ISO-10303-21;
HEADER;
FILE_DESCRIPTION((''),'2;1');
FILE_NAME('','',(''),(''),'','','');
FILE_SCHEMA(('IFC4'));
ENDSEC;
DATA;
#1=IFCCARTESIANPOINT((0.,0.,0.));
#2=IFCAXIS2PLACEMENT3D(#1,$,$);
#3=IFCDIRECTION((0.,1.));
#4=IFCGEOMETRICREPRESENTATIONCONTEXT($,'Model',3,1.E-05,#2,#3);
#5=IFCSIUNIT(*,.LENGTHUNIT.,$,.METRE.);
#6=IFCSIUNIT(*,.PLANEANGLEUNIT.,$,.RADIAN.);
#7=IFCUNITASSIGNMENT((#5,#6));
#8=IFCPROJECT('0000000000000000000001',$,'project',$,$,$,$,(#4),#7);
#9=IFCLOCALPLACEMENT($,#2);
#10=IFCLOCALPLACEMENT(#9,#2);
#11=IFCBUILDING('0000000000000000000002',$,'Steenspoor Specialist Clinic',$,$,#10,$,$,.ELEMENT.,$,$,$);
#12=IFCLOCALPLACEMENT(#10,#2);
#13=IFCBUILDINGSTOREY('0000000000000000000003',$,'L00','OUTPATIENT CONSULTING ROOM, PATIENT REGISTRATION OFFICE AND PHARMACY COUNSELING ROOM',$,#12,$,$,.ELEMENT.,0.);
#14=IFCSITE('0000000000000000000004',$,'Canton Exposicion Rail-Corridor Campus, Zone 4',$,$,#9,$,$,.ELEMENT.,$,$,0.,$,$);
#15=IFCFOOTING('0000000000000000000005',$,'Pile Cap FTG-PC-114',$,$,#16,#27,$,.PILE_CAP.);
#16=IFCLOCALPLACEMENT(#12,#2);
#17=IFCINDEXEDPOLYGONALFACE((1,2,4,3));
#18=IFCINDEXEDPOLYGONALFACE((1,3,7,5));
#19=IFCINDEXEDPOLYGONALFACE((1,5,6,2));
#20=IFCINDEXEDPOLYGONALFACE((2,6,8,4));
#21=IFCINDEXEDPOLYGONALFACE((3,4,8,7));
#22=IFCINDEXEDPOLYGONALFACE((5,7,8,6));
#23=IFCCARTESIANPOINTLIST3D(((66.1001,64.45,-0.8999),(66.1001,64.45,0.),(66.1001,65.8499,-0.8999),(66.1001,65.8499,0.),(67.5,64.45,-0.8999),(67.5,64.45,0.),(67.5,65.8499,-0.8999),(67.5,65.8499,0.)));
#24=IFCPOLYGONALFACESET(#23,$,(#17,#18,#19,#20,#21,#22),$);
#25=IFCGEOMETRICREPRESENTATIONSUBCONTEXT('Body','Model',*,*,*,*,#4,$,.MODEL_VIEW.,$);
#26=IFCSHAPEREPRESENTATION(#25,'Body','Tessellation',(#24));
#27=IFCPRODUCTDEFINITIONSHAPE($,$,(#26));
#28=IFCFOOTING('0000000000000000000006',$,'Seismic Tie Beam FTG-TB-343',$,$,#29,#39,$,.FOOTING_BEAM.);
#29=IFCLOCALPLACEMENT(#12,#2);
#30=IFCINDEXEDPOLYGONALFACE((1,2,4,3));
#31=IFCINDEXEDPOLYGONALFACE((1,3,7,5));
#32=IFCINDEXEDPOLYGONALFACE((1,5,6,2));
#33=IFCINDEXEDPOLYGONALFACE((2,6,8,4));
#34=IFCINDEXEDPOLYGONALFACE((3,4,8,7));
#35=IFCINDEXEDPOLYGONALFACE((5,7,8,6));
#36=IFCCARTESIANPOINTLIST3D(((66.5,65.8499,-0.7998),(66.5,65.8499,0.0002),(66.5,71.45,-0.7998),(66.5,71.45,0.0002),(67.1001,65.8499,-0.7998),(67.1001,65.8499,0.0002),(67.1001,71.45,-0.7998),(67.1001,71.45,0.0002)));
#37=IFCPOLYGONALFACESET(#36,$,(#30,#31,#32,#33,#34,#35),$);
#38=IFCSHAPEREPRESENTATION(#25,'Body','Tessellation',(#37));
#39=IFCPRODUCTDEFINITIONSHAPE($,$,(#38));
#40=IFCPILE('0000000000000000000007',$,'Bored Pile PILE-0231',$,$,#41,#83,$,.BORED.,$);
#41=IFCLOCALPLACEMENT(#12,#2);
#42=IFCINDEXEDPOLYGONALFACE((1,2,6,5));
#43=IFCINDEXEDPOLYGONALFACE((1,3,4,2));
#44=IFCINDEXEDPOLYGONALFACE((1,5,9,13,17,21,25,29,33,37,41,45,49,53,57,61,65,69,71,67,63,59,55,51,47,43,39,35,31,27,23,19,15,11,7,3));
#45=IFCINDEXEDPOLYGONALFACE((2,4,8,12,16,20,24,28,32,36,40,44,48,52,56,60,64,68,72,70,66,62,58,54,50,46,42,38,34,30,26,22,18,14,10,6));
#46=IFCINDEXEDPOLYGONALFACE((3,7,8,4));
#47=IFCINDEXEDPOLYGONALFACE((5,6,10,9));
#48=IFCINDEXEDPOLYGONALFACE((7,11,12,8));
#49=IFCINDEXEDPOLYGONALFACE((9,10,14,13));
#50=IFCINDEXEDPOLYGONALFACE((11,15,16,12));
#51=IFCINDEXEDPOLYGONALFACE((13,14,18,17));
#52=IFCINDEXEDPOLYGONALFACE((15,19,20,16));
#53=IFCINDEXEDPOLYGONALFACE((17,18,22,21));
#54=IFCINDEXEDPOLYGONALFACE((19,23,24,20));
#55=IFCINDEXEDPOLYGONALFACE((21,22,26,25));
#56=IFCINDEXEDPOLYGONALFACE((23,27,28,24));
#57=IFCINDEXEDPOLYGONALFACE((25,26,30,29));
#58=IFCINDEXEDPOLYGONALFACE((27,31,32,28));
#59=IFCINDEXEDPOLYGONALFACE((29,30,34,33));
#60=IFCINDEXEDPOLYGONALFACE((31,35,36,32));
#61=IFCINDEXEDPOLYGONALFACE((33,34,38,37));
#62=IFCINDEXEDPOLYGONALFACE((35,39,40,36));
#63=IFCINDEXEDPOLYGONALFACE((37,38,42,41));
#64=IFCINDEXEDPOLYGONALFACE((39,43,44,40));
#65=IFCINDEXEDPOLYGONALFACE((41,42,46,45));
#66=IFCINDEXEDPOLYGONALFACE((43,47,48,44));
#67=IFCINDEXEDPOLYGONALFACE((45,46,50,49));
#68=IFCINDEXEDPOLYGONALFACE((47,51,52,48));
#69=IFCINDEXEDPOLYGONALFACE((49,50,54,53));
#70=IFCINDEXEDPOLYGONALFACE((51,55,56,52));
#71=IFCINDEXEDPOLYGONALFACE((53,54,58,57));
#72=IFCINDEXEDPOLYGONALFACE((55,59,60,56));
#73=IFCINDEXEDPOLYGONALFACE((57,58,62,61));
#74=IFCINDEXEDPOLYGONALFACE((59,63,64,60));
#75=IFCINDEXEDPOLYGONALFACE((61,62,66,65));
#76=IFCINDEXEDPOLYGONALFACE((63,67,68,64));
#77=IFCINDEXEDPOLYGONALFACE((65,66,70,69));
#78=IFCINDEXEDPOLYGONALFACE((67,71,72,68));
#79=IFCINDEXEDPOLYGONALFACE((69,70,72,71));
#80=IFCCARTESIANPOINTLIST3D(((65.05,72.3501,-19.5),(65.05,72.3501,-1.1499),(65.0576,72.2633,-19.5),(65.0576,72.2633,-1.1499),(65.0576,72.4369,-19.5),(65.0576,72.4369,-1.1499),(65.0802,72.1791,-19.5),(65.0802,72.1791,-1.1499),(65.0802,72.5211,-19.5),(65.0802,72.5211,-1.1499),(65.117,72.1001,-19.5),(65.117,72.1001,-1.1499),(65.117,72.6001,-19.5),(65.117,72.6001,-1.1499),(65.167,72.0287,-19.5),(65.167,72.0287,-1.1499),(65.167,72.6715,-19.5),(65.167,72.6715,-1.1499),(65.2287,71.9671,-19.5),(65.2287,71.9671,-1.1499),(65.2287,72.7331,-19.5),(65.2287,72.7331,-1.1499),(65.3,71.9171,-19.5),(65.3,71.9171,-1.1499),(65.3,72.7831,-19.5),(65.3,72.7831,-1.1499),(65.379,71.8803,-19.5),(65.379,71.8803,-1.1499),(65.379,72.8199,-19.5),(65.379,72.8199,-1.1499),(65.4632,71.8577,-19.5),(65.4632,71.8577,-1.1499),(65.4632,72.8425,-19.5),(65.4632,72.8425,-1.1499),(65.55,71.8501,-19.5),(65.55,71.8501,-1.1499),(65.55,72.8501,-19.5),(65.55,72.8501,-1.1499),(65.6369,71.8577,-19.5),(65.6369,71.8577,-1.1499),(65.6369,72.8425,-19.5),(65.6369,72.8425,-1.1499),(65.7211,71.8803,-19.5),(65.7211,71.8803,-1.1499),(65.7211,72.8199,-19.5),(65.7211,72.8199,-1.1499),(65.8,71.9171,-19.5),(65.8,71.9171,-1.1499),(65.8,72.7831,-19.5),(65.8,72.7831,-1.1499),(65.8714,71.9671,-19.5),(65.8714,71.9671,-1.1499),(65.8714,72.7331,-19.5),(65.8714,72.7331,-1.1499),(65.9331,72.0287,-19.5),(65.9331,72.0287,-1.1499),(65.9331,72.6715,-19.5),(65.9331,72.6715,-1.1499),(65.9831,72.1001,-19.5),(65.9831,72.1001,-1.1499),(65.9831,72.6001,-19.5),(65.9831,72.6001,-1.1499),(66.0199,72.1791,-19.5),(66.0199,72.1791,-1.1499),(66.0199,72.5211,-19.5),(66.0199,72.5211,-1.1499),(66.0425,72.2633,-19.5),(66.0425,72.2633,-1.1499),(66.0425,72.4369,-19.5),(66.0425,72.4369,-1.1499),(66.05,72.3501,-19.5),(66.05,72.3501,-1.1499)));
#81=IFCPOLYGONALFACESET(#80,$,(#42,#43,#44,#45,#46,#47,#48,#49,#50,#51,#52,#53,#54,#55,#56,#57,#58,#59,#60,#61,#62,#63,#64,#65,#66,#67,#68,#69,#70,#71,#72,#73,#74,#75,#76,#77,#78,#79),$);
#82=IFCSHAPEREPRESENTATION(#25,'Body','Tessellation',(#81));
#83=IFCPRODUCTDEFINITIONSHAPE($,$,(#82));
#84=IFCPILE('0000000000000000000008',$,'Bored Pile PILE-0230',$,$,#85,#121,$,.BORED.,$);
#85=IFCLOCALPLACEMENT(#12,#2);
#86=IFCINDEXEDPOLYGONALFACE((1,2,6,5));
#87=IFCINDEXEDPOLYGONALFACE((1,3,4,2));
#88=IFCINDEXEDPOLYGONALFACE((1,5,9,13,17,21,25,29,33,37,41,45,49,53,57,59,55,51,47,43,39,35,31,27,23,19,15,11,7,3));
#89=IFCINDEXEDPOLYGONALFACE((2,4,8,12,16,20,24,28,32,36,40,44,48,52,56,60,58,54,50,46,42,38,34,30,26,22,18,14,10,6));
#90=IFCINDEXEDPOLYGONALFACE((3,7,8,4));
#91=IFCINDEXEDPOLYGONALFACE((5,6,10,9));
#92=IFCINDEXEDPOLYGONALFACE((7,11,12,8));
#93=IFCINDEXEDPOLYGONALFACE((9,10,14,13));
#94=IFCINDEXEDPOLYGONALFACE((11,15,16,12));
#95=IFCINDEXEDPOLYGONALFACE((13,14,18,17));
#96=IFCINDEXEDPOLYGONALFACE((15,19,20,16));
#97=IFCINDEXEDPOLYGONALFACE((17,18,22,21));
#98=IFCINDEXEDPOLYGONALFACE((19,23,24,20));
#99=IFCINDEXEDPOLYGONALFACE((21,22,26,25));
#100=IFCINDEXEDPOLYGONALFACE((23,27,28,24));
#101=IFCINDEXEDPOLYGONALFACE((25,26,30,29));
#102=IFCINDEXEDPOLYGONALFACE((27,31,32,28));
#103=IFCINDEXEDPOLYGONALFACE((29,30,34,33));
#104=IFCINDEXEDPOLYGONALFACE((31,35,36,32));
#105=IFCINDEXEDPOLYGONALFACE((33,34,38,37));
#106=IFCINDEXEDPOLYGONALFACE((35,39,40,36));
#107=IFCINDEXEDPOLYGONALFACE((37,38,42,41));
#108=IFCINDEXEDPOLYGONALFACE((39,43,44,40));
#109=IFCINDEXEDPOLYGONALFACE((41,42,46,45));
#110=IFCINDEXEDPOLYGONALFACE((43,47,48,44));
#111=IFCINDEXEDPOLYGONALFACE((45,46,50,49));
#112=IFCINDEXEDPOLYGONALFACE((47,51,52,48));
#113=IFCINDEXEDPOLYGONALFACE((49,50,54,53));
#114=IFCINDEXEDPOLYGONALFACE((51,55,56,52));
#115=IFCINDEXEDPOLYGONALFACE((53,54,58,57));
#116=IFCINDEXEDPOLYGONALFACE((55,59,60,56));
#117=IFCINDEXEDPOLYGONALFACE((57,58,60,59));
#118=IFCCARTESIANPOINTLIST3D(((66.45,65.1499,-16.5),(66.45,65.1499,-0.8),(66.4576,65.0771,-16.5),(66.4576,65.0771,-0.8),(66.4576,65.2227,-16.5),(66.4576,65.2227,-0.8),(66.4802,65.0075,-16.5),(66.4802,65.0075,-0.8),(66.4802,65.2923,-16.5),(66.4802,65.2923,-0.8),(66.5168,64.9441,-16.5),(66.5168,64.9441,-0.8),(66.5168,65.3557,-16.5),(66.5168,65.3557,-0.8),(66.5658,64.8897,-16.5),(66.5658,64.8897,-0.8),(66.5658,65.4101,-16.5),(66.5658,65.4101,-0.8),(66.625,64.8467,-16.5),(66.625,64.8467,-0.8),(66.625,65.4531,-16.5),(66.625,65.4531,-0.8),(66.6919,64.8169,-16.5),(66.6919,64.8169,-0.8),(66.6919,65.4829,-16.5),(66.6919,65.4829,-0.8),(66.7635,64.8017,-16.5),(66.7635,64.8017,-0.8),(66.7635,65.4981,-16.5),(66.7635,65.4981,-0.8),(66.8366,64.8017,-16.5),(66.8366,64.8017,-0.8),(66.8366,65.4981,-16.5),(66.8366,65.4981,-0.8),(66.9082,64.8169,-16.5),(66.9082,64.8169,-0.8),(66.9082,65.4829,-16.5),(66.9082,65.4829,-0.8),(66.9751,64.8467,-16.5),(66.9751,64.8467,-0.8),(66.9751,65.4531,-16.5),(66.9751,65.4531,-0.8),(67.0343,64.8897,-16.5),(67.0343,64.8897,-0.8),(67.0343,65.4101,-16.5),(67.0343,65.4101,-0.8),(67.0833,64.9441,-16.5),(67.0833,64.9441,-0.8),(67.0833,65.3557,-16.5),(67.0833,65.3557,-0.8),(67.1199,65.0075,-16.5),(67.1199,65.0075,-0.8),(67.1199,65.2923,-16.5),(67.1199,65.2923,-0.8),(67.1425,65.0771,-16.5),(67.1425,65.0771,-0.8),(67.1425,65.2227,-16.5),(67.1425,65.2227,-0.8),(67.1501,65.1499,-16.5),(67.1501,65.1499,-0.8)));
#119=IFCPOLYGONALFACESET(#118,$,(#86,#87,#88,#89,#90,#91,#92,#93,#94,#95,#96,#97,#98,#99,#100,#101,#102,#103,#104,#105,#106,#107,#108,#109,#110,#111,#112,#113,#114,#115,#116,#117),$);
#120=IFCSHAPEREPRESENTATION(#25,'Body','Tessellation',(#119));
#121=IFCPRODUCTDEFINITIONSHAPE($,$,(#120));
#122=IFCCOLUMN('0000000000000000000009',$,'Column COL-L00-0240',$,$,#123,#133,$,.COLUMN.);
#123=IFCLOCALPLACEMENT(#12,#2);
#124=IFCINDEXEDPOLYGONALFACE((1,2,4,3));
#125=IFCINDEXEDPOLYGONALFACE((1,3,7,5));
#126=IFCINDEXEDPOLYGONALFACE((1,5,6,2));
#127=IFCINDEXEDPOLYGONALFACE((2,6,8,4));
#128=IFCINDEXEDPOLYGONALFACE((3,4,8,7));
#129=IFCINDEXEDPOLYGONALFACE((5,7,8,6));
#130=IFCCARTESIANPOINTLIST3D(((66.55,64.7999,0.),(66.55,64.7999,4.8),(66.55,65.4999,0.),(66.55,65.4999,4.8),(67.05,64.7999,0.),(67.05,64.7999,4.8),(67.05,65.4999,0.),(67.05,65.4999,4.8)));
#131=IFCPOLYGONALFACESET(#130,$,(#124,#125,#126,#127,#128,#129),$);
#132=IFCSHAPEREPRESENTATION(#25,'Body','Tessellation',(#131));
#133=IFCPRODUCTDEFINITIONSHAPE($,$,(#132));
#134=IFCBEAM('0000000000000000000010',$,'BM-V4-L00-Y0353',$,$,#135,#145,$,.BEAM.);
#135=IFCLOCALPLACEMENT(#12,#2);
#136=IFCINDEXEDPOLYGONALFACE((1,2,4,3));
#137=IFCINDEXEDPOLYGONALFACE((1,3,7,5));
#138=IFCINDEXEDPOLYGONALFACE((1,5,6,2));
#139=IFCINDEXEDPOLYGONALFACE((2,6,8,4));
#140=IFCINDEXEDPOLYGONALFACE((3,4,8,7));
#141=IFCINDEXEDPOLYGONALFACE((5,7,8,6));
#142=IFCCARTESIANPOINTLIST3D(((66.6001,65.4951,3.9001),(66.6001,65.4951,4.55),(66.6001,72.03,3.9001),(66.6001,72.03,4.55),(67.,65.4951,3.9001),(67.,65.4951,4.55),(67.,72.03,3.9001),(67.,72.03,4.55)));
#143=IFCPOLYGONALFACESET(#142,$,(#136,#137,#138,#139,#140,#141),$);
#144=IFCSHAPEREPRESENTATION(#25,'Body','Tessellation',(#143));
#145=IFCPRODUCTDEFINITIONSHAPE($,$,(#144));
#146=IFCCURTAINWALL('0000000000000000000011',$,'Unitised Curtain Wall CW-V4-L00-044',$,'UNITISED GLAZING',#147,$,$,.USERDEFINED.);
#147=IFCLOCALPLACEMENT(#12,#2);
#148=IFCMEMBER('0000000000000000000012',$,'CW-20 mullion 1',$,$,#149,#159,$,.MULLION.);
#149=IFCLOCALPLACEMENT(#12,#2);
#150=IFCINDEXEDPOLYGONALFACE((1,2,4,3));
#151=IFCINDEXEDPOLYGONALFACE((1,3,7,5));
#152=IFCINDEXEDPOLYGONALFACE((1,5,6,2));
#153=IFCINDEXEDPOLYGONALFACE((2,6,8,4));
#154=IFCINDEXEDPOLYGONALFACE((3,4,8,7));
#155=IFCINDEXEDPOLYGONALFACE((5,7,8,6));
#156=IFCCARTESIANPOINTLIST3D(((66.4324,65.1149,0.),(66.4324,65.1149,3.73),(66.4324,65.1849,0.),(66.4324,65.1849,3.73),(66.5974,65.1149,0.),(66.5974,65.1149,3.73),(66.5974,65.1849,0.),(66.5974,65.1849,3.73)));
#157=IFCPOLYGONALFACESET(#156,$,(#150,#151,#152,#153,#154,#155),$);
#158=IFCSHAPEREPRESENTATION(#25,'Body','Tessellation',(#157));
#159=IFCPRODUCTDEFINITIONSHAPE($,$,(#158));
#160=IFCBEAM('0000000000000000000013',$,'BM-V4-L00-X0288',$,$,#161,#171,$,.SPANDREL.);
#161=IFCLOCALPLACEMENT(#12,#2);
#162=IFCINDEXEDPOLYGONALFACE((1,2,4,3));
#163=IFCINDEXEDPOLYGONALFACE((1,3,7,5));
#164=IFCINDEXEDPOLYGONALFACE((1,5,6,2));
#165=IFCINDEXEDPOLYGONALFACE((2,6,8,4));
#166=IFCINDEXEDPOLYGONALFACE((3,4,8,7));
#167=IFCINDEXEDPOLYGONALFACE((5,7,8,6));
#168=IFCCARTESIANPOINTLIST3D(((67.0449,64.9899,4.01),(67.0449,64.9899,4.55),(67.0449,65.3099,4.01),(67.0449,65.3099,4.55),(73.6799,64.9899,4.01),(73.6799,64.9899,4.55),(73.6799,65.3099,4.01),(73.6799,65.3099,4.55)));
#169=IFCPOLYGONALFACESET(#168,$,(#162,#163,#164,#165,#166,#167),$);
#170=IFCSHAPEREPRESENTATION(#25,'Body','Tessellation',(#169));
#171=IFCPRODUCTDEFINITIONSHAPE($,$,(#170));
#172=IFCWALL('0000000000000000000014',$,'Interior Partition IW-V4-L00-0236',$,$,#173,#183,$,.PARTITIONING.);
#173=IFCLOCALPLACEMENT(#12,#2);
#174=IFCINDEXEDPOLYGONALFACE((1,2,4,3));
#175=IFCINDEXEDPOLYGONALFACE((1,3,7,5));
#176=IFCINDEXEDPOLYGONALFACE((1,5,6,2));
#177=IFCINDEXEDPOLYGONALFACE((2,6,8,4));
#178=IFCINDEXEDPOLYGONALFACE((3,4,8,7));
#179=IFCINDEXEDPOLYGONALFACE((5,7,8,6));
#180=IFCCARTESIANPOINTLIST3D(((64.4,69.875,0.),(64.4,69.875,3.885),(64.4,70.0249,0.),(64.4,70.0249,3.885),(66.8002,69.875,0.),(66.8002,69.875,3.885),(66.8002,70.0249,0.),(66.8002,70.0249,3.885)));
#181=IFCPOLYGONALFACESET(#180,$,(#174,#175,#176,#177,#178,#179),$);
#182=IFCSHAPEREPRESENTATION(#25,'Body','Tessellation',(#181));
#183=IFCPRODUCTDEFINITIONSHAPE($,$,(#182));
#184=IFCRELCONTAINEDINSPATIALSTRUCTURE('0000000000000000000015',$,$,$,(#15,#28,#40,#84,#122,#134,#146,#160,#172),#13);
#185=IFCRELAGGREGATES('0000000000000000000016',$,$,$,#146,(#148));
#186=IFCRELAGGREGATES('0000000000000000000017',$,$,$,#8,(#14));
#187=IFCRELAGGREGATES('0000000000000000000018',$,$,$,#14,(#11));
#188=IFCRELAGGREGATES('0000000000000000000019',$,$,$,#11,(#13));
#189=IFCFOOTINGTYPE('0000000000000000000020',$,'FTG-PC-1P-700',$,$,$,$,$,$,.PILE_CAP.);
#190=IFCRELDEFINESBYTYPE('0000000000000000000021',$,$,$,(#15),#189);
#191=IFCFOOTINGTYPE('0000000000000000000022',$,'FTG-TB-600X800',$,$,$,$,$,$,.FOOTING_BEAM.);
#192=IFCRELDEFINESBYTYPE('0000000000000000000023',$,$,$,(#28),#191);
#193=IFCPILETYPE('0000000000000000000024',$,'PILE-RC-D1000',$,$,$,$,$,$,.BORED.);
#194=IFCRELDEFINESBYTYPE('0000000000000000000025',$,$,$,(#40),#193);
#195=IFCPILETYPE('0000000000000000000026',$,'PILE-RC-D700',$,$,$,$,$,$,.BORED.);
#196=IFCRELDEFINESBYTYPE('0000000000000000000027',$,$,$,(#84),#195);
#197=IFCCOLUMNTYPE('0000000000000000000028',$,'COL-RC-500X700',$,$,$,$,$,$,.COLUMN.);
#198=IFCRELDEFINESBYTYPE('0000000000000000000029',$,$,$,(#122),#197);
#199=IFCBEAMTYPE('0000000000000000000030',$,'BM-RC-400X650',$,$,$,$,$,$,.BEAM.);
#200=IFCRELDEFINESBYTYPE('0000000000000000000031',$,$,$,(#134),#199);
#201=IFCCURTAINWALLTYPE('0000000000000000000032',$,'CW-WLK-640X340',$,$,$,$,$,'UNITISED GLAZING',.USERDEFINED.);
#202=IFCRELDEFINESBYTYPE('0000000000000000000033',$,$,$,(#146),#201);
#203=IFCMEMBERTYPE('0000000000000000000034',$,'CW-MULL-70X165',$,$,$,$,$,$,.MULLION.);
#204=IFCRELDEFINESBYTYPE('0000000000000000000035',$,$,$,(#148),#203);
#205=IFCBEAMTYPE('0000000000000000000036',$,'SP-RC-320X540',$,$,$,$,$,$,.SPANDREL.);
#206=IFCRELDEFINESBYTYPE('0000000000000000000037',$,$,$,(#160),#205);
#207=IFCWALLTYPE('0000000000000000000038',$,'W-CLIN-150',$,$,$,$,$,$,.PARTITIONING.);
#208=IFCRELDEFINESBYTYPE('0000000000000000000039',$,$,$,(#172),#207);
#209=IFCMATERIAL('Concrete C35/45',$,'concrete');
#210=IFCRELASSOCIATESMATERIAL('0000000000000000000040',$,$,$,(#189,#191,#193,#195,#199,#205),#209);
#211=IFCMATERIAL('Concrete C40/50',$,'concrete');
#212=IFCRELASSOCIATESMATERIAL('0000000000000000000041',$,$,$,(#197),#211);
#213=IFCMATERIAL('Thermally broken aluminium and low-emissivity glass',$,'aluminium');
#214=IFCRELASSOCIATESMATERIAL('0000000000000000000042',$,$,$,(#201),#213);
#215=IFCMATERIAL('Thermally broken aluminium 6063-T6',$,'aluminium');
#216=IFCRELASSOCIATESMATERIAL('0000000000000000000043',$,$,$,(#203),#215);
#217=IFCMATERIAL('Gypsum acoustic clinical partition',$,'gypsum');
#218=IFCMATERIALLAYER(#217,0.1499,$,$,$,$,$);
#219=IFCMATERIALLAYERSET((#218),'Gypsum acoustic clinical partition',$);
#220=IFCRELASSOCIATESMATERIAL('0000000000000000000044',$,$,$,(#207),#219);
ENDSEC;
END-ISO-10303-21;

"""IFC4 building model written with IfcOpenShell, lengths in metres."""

from ifc_helpers import new_model, si_unit, direction, frame, frame_2d, origin, origin_2d, place, context, subcontext, project, spatial, rectangle, circle, extrude, material, layer, layer_set, material_profile, profile_set, type_object, element, aggregate, save


model = new_model("IFC4")

# Units and contexts
model_context = context("Model", 3, precision=1e-05, world=origin(), true_north=direction((0.0, 1.0)))
body_context = subcontext(model_context, "Body", "Model", "MODEL_VIEW")
ifc_project = project(units=[si_unit("LENGTHUNIT", "METRE"), si_unit("PLANEANGLEUNIT", "RADIAN")], contexts=[model_context])

# Site, building, storey
site_placement = place(None, origin())
site = spatial("IfcSite", under=ifc_project, at=site_placement, Name="Canton Exposicion Rail-Corridor Campus, Zone 4", CompositionType="ELEMENT", RefElevation=0.0)
building_placement = place(site_placement, origin())
building = spatial("IfcBuilding", under=site, at=building_placement, Name="Steenspoor Specialist Clinic", CompositionType="ELEMENT")
storey_placement = place(building_placement, origin())
storey = spatial("IfcBuildingStorey", under=building, at=storey_placement, Name="L00", Description="OUTPATIENT CONSULTING ROOM, PATIENT REGISTRATION OFFICE AND PHARMACY COUNSELING ROOM", CompositionType="ELEMENT", Elevation=0.0)

# Footings
ifc_material_1 = material(Name="Concrete C35/45", Category="concrete")
footing_type_1 = type_object("IfcFootingType", Name="FTG-PC-1P-700", PredefinedType="PILE_CAP", material=ifc_material_1)
footing_1_placement = place(storey_placement, frame((66.8, 65.1499, -0.8999), z_axis=(0.0, 0.0, 1.0), x_axis=(1.0, 0.0, 0.0)))
element("IfcFooting", 1, at=footing_1_placement, inside=storey, type_object=footing_type_1, Name="Pile Cap FTG-PC-114", PredefinedType="PILE_CAP", context=body_context, shape_type="SweptSolid", body=[
    extrude(rectangle(XDim=1.3999, YDim=1.3999, at=origin_2d()), origin(), (0.0, 0.0, 1.0), 0.8999),
])
footing_type_2 = type_object("IfcFootingType", Name="FTG-TB-600X800", PredefinedType="FOOTING_BEAM", material=ifc_material_1)
footing_2_placement = place(storey_placement, frame((66.8, 68.6499, -0.7998), z_axis=(0.0, 0.0, 1.0), x_axis=(1.0, 0.0, 0.0)))
element("IfcFooting", 2, at=footing_2_placement, inside=storey, type_object=footing_type_2, Name="Seismic Tie Beam FTG-TB-343", PredefinedType="FOOTING_BEAM", context=body_context, shape_type="SweptSolid", body=[
    extrude(rectangle(XDim=0.6001, YDim=5.6001, at=origin_2d()), origin(), (0.0, 0.0, 1.0), 0.8),
])

# Piles
ifc_material_profile_1 = material_profile(ifc_material_1, circle(Radius=0.5, at=origin_2d()), Name="PILE-D1000")
ifc_profile_set_1 = profile_set([ifc_material_profile_1], Name="Concrete C35/45")
pile_type_1 = type_object("IfcPileType", Name="PILE-RC-D1000", PredefinedType="BORED", material=ifc_profile_set_1)
pile_1_placement = place(storey_placement, frame((65.55, 72.3501, -1.1499), z_axis=(0.0, 0.0, -1.0), x_axis=(1.0, 0.0, 0.0)))
element("IfcPile", 3, at=pile_1_placement, inside=storey, type_object=pile_type_1, Name="Bored Pile PILE-0231", PredefinedType="BORED", context=body_context, shape_type="SweptSolid", body=[
    extrude(circle(Radius=0.5, at=origin_2d()), origin(), (0.0, 0.0, 1.0), 18.3501),
])
ifc_material_profile_2 = material_profile(ifc_material_1, circle(Radius=0.3501, at=origin_2d()), Name="PILE-D700")
ifc_profile_set_2 = profile_set([ifc_material_profile_2], Name="Concrete C35/45")
pile_type_2 = type_object("IfcPileType", Name="PILE-RC-D700", PredefinedType="BORED", material=ifc_profile_set_2)
pile_2_placement = place(storey_placement, frame((66.8, 65.1499, -0.8), z_axis=(0.0, 0.0, -1.0), x_axis=(1.0, 0.0, 0.0)))
element("IfcPile", 4, at=pile_2_placement, inside=storey, type_object=pile_type_2, Name="Bored Pile PILE-0230", PredefinedType="BORED", context=body_context, shape_type="SweptSolid", body=[
    extrude(circle(Radius=0.3501, at=origin_2d()), origin(), (0.0, 0.0, 1.0), 15.7),
])

# Column
ifc_material_2 = material(Name="Concrete C40/50", Category="concrete")
ifc_material_profile_3 = material_profile(ifc_material_2, rectangle(XDim=0.5, YDim=0.7, at=origin_2d()), Name="RC-COL-500X700")
ifc_profile_set_3 = profile_set([ifc_material_profile_3], Name="Concrete C40/50")
column_type = type_object("IfcColumnType", Name="COL-RC-500X700", PredefinedType="COLUMN", material=ifc_profile_set_3)
column_placement = place(storey_placement, frame((66.8, 65.1499, 0.0), z_axis=(0.0, 0.0, 1.0), x_axis=(1.0, 0.0, 0.0)))
element("IfcColumn", 5, at=column_placement, inside=storey, type_object=column_type, Name="Column COL-L00-0240", PredefinedType="COLUMN", context=body_context, shape_type="SweptSolid", body=[
    extrude(rectangle(XDim=0.5, YDim=0.7, at=origin_2d()), origin(), (0.0, 0.0, 1.0), 4.8),
])

# Beam
ifc_material_profile_4 = material_profile(ifc_material_1, rectangle(XDim=0.3999, YDim=0.6499, at=origin_2d()), Name="RC-BM-400X650")
ifc_profile_set_4 = profile_set([ifc_material_profile_4], Name="Concrete C35/45")
beam_type_1 = type_object("IfcBeamType", Name="BM-RC-400X650", PredefinedType="BEAM", material=ifc_profile_set_4)
beam_1_placement = place(storey_placement, frame((66.8, 65.4951, 4.2251), z_axis=(0.0, 1.0, 0.0), x_axis=(-1.0, 0.0, 0.0)))
element("IfcBeam", 6, at=beam_1_placement, inside=storey, type_object=beam_type_1, Name="BM-V4-L00-Y0353", PredefinedType="BEAM", context=body_context, shape_type="SweptSolid", body=[
    extrude(rectangle(XDim=0.3999, YDim=0.6499, at=origin_2d()), origin(), (0.0, 0.0, 1.0), 6.5349),
])

# Curtain wall, member
ifc_material_3 = material(Name="Thermally broken aluminium and low-emissivity glass", Category="aluminium")
curtain_wall_type = type_object("IfcCurtainWallType", Name="CW-WLK-640X340", ElementType="UNITISED GLAZING", PredefinedType="USERDEFINED", material=ifc_material_3)
curtain_wall_placement = place(storey_placement, origin())
curtain_wall = element("IfcCurtainWall", 7, at=curtain_wall_placement, inside=storey, type_object=curtain_wall_type, Name="Unitised Curtain Wall CW-V4-L00-044", ObjectType="UNITISED GLAZING", PredefinedType="USERDEFINED")
ifc_material_4 = material(Name="Thermally broken aluminium 6063-T6", Category="aluminium")
ifc_material_profile_5 = material_profile(ifc_material_4, rectangle(XDim=0.0701, YDim=0.165, at=origin_2d()), Name="CWM-70X165")
ifc_profile_set_5 = profile_set([ifc_material_profile_5], Name="Thermally broken aluminium 6063-T6")
member_type = type_object("IfcMemberType", Name="CW-MULL-70X165", PredefinedType="MULLION", material=ifc_profile_set_5)
member_placement = place(storey_placement, frame((66.5149, 65.1499, 0.0), z_axis=(0.0, 0.0, 1.0), x_axis=(0.0, -1.0, 0.0)))
member = element("IfcMember", 8, at=member_placement, type_object=member_type, Name="CW-20 mullion 1", PredefinedType="MULLION", context=body_context, shape_type="SweptSolid", body=[
    extrude(rectangle(XDim=0.0701, YDim=0.165, at=origin_2d()), origin(), (0.0, 0.0, 1.0), 3.73),
])
aggregate(curtain_wall, [member])

# Beam
ifc_material_profile_6 = material_profile(ifc_material_1, rectangle(XDim=0.3201, YDim=0.54, at=origin_2d()), Name="RC-SP-320X540")
ifc_profile_set_6 = profile_set([ifc_material_profile_6], Name="Concrete C35/45")
beam_type_2 = type_object("IfcBeamType", Name="SP-RC-320X540", PredefinedType="SPANDREL", material=ifc_profile_set_6)
beam_2_placement = place(storey_placement, frame((67.0449, 65.1499, 4.28), z_axis=(1.0, 0.0, 0.0), x_axis=(0.0, 1.0, 0.0)))
element("IfcBeam", 9, at=beam_2_placement, inside=storey, type_object=beam_type_2, Name="BM-V4-L00-X0288", PredefinedType="SPANDREL", context=body_context, shape_type="SweptSolid", body=[
    extrude(rectangle(XDim=0.3201, YDim=0.54, at=origin_2d()), origin(), (0.0, 0.0, 1.0), 6.635),
])

# Wall
ifc_material_5 = material(Name="Gypsum acoustic clinical partition", Category="gypsum")
ifc_layer_1 = layer(ifc_material_5, 0.1499)
ifc_layer_set_1 = layer_set([ifc_layer_1], Name="Gypsum acoustic clinical partition")
wall_type_1 = type_object("IfcWallType", Name="W-CLIN-150", PredefinedType="PARTITIONING", material=ifc_layer_set_1)
wall_1_placement = place(storey_placement, frame((64.3999, 69.95, 0.0), z_axis=(0.0, 0.0, 1.0), x_axis=(1.0, 0.0, 0.0)))
element("IfcWall", 10, at=wall_1_placement, inside=storey, type_object=wall_type_1, Name="Interior Partition IW-V4-L00-0236", PredefinedType="PARTITIONING", context=body_context, shape_type="SweptSolid", body=[
    extrude(rectangle(XDim=2.4001, YDim=0.1499, at=frame_2d((1.2002, 0.0))), origin(), (0.0, 0.0, 1.0), 3.885),
])

save(model, "model.ifc")
